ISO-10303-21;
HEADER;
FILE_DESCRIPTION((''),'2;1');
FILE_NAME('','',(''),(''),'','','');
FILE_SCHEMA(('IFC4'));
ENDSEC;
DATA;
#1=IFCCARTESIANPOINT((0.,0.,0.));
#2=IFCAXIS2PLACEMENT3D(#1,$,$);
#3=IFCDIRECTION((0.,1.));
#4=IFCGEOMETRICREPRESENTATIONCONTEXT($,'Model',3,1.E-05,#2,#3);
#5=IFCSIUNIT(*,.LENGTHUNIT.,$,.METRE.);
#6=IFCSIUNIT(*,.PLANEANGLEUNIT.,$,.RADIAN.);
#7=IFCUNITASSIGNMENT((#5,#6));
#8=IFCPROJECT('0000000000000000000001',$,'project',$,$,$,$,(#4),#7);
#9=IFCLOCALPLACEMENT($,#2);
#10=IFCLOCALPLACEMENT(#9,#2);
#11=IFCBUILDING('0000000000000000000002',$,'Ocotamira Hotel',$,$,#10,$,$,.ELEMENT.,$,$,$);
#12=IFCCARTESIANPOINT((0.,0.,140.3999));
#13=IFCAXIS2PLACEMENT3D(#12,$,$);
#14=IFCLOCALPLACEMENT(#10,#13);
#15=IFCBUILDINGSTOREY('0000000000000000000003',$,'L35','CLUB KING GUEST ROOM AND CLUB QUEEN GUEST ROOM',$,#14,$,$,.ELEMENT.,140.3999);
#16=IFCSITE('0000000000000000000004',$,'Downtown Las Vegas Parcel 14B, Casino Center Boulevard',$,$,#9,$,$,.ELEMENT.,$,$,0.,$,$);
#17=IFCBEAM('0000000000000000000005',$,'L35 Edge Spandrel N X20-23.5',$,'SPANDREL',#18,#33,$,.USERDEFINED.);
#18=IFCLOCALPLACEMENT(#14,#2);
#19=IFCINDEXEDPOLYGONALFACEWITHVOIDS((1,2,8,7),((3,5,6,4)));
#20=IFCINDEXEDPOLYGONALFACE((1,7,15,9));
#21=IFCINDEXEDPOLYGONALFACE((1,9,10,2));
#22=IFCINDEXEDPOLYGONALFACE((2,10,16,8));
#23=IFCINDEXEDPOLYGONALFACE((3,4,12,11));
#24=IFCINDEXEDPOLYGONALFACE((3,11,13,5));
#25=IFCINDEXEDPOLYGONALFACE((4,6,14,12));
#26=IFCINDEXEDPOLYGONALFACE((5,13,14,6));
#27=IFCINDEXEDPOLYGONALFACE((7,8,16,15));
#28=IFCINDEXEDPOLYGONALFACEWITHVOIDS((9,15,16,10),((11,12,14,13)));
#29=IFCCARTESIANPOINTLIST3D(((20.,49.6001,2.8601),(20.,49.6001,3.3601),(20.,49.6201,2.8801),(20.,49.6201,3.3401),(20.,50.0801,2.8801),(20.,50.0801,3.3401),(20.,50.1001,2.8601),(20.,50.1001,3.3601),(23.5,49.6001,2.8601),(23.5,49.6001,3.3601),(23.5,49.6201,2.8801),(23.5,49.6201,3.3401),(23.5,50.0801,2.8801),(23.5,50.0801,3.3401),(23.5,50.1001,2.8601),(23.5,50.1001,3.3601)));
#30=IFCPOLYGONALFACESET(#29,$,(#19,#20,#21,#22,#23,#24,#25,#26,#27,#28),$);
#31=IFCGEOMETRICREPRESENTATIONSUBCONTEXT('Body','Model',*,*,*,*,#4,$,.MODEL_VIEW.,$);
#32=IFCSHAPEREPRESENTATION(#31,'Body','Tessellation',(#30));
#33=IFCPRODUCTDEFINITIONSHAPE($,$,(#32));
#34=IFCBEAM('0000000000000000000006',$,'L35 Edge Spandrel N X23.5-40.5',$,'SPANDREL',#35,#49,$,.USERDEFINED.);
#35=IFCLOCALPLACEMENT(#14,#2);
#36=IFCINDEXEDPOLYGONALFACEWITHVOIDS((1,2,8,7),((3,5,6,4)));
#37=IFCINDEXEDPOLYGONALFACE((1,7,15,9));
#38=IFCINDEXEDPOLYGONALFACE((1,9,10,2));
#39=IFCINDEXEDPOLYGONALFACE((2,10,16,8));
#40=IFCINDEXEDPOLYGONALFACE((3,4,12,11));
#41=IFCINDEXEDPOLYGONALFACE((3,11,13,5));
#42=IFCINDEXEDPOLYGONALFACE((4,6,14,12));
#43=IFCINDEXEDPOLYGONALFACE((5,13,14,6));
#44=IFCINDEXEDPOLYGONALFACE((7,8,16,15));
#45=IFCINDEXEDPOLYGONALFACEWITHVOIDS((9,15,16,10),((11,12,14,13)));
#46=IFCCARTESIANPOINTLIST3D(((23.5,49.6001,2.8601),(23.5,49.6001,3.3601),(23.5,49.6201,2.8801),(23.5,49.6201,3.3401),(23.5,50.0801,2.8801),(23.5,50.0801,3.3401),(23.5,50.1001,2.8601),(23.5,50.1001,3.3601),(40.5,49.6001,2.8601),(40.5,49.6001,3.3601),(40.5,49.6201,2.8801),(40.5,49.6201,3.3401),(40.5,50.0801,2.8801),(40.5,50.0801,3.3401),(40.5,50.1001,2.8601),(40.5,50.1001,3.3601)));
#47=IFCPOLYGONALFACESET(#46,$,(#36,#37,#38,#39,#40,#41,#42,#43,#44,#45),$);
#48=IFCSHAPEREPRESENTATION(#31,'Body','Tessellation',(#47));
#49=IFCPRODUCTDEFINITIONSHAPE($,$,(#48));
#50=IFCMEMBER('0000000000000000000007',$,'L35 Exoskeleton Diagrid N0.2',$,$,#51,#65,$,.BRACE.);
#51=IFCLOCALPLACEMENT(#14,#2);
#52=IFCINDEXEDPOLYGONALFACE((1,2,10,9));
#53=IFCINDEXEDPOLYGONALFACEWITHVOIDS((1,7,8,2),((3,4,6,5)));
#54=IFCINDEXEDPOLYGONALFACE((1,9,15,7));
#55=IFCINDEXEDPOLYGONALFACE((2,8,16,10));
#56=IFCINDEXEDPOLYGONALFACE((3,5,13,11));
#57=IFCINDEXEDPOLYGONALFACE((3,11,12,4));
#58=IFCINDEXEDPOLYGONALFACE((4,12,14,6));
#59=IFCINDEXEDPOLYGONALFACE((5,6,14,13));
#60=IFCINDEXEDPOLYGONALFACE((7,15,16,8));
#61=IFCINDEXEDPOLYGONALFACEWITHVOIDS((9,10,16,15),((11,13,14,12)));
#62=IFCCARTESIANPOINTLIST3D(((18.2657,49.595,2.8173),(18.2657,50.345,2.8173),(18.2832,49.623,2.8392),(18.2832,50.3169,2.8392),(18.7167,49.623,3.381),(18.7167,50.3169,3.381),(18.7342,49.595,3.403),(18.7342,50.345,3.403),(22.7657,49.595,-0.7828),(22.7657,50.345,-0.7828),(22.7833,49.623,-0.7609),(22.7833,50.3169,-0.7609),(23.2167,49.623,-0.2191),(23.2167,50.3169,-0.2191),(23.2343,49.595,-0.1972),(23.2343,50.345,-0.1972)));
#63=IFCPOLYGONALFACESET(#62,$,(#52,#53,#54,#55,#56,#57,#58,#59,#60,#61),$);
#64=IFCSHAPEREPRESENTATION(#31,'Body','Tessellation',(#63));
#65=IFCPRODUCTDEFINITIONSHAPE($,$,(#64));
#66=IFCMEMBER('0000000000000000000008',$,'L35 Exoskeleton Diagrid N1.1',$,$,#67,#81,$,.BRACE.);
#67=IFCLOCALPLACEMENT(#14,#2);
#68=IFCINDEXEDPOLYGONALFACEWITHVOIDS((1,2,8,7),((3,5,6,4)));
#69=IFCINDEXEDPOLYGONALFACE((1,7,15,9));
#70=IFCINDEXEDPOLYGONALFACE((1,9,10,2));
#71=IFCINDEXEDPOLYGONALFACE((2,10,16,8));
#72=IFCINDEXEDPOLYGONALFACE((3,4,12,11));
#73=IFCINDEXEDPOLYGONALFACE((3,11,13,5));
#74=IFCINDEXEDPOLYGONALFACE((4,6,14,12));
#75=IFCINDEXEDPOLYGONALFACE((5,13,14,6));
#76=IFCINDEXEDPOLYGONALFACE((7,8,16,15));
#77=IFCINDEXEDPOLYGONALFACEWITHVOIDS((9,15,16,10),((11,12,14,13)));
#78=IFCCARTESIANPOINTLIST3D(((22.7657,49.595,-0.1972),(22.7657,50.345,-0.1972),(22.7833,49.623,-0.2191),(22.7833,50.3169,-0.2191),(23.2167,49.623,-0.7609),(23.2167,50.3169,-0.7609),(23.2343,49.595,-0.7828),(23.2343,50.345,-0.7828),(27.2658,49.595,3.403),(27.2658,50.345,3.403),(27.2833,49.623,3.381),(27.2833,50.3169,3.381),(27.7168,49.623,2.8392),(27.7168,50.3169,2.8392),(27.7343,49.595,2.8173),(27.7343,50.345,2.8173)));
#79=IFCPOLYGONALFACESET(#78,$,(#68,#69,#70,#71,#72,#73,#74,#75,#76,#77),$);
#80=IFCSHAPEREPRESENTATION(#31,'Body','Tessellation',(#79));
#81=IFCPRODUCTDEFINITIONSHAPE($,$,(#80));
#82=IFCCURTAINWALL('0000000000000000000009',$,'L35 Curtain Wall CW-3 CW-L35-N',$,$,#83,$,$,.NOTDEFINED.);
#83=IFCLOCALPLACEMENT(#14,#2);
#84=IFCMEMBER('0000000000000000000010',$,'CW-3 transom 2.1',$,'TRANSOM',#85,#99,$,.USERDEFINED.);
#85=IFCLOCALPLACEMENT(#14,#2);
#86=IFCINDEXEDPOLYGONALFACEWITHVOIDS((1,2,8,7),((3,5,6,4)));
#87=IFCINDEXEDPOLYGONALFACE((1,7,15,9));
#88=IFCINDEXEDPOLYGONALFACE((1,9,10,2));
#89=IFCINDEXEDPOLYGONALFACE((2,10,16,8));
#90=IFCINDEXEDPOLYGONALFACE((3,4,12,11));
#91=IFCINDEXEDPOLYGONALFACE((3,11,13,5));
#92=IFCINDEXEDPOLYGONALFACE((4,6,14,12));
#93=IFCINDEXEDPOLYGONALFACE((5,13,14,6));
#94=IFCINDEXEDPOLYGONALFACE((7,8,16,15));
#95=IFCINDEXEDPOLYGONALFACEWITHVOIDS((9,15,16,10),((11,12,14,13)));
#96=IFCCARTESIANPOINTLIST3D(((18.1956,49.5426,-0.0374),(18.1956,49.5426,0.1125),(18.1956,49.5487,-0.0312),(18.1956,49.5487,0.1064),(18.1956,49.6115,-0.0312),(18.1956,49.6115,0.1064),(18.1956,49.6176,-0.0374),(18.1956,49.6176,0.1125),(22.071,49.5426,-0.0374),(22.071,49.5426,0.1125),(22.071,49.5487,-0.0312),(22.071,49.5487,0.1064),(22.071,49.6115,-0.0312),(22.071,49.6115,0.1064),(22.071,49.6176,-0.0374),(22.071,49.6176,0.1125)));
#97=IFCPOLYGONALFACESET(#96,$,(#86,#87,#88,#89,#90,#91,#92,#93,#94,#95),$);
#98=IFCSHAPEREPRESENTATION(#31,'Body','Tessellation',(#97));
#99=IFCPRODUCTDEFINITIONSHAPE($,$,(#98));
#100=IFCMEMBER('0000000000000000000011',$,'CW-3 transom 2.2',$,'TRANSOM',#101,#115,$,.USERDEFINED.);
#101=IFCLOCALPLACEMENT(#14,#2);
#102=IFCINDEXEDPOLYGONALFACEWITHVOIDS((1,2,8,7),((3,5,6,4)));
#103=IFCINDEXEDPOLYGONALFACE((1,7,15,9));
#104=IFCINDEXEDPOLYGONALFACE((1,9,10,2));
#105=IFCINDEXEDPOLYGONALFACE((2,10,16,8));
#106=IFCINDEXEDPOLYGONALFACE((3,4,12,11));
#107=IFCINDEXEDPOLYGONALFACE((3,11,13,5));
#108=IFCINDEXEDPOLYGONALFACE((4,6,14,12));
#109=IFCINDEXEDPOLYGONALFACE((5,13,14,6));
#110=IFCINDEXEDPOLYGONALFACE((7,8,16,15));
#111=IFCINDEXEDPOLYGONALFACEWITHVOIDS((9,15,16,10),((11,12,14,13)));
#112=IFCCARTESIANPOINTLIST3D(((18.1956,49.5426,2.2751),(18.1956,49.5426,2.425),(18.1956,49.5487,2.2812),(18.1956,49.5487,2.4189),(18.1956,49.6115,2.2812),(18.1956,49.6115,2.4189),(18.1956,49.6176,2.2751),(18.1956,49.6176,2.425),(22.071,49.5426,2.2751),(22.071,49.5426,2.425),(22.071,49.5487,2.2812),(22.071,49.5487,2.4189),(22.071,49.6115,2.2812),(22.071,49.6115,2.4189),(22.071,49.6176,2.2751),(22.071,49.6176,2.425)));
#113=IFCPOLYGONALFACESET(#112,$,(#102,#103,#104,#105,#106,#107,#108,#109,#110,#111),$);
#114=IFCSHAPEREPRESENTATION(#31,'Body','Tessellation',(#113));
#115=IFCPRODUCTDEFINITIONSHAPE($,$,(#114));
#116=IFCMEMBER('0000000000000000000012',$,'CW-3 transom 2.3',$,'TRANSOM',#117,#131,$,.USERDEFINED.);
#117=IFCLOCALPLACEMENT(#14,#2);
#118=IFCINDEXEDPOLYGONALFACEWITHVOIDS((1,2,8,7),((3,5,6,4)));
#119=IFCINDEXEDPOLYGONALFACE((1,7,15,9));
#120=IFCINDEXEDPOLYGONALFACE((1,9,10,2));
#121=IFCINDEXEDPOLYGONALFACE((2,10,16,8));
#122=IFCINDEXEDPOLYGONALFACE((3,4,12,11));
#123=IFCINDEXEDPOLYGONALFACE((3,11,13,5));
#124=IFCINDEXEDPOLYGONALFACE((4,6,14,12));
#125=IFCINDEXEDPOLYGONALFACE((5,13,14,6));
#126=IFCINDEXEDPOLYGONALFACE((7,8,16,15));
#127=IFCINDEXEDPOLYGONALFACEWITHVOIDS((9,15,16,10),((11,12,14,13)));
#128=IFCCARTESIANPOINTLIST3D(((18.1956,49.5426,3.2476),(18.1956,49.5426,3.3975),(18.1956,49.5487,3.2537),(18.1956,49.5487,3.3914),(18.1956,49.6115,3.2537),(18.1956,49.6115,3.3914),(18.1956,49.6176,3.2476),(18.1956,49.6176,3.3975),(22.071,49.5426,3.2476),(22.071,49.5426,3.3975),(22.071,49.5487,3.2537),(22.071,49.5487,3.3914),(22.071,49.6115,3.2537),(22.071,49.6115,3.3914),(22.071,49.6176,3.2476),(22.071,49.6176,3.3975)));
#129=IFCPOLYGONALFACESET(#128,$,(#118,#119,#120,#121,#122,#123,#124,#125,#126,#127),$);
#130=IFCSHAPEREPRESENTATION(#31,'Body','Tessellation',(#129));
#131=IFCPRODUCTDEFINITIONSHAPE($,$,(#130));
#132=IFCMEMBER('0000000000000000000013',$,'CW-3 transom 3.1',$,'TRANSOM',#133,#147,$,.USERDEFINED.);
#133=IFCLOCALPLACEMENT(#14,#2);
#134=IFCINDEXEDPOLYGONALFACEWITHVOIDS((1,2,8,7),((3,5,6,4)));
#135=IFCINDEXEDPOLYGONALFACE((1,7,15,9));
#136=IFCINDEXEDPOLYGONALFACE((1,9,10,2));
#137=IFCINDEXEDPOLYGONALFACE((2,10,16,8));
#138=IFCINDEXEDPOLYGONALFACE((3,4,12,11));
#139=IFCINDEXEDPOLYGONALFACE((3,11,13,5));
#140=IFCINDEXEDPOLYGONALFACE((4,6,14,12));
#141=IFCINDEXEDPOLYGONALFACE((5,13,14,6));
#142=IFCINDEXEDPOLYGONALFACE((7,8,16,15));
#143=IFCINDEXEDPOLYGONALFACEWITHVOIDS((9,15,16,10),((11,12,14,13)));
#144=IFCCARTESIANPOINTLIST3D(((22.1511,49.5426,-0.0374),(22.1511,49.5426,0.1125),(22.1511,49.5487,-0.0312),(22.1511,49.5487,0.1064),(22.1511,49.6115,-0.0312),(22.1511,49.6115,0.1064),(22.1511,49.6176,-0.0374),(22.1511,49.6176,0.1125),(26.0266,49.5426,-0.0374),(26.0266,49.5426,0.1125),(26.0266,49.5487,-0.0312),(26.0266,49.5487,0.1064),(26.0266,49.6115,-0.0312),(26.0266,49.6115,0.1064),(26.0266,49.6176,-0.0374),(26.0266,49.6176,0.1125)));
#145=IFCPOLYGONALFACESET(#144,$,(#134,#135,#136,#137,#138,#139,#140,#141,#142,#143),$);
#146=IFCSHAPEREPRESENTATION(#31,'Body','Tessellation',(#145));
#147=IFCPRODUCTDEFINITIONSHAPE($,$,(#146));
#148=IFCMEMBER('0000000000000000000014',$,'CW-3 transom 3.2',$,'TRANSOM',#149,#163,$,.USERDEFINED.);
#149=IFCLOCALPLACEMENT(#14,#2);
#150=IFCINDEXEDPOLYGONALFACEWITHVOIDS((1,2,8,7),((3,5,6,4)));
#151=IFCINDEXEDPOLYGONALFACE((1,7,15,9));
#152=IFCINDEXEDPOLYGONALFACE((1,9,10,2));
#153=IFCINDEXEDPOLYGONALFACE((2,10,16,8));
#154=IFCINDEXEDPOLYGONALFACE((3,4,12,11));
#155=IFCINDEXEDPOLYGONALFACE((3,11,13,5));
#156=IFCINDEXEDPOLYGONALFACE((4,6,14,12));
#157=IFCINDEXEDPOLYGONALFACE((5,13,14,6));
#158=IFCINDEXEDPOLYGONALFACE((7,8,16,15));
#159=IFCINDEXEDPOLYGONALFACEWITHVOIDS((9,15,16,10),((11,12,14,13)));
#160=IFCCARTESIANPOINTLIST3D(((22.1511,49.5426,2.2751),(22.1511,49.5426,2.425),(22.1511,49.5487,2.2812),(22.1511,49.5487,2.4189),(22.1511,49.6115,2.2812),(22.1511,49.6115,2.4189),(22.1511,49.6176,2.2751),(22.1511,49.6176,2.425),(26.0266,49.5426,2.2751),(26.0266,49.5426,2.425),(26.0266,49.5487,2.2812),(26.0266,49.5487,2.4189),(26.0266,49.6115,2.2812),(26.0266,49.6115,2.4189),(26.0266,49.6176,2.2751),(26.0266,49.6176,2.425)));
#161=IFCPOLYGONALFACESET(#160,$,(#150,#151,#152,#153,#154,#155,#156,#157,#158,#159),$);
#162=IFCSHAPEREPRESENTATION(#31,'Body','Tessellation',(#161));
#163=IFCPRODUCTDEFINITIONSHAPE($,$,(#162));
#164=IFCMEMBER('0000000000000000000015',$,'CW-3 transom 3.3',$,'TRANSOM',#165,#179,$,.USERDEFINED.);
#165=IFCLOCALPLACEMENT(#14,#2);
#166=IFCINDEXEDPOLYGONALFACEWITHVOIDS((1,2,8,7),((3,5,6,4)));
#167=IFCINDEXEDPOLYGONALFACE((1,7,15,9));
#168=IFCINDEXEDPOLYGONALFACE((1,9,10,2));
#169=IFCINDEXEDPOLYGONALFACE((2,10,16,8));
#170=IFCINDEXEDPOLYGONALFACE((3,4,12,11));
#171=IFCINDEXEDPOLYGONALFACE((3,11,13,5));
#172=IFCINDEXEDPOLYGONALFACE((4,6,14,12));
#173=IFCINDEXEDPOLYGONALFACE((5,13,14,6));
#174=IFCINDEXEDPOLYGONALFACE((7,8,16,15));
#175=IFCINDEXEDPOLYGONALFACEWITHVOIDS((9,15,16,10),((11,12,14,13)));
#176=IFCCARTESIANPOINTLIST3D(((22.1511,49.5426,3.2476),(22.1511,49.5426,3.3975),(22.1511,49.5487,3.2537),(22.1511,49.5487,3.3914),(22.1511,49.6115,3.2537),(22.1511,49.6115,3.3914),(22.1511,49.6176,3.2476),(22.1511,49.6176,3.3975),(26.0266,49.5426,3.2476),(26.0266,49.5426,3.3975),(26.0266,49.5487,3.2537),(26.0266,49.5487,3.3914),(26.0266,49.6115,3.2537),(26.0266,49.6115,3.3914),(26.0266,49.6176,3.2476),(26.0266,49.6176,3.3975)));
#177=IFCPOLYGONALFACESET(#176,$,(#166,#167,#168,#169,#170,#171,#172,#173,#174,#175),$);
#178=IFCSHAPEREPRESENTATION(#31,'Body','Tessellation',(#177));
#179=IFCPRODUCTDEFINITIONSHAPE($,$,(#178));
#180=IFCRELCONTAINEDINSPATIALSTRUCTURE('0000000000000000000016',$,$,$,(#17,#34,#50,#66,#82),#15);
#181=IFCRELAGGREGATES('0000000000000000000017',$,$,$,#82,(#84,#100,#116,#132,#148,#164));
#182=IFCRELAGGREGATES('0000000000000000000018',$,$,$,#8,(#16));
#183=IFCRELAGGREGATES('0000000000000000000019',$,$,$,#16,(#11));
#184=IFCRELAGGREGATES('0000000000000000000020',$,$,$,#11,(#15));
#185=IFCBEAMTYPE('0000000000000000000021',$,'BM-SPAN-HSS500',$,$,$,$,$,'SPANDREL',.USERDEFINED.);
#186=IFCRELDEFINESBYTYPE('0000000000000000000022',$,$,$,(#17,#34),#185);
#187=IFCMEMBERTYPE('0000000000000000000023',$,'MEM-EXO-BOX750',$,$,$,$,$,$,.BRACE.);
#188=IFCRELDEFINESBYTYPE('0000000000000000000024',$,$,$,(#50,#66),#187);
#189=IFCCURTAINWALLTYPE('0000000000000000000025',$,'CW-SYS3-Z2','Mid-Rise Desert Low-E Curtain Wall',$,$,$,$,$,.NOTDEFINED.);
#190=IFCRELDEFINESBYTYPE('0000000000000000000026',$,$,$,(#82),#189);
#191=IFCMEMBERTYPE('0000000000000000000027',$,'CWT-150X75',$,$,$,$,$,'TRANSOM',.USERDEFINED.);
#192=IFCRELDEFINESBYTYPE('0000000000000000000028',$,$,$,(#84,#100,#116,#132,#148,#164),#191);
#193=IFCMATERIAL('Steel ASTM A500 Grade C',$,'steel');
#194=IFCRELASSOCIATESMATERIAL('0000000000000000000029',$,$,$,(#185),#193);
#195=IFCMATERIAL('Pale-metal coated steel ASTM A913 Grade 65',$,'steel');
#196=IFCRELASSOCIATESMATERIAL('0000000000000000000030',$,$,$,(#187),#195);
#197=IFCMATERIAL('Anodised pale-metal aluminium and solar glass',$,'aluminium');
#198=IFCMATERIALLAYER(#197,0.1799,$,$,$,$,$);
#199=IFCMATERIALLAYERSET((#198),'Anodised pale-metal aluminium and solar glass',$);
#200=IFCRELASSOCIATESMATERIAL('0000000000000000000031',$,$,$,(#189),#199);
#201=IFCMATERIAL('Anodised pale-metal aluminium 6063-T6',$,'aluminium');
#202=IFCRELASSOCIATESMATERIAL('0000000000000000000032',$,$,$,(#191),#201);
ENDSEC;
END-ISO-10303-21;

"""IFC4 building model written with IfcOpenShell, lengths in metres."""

from ifc_helpers import new_model, si_unit, direction, frame, origin, origin_2d, place, context, subcontext, project, spatial, hollow_rectangle, extrude, source, transform, mapped, material, layer, layer_set, material_profile, profile_set, type_object, element, aggregate, save


model = new_model("IFC4")

# Units and contexts
model_context = context("Model", 3, precision=1e-05, world=origin(), true_north=direction((0.0, 1.0)))
body_context = subcontext(model_context, "Body", "Model", "MODEL_VIEW")
ifc_project = project(units=[si_unit("LENGTHUNIT", "METRE"), si_unit("PLANEANGLEUNIT", "RADIAN")], contexts=[model_context])

# Site, building, storey
site_placement = place(None, origin())
site = spatial("IfcSite", under=ifc_project, at=site_placement, Name="Downtown Las Vegas Parcel 14B, Casino Center Boulevard", CompositionType="ELEMENT", RefElevation=0.0)
building_placement = place(site_placement, origin())
building = spatial("IfcBuilding", under=site, at=building_placement, Name="Ocotamira Hotel", CompositionType="ELEMENT")
storey_placement = place(building_placement, frame((0.0, 0.0, 140.3999)))
storey = spatial("IfcBuildingStorey", under=building, at=storey_placement, Name="L35", Description="CLUB KING GUEST ROOM AND CLUB QUEEN GUEST ROOM", CompositionType="ELEMENT", Elevation=140.3999)

# Beams
ifc_material_1 = material(Name="Steel ASTM A500 Grade C", Category="steel")
ifc_material_profile_1 = material_profile(ifc_material_1, hollow_rectangle(XDim=0.5, YDim=0.5, WallThickness=0.02, at=origin_2d()), Name="HSS500X500X20")
ifc_profile_set_1 = profile_set([ifc_material_profile_1], Name="Steel ASTM A500 Grade C")
beam_type_1 = type_object("IfcBeamType", Name="BM-SPAN-HSS500", ElementType="SPANDREL", PredefinedType="USERDEFINED", material=ifc_profile_set_1)
shared_shape_1 = source(origin(), body_context, "Body", "SweptSolid", [
    extrude(hollow_rectangle(XDim=0.5, YDim=0.5, WallThickness=0.02, at=origin_2d()), origin(), (0.0, 0.0, 1.0), 3.5),
])
beam_1_placement = place(storey_placement, frame((20.0, 49.8501, 3.1101), z_axis=(1.0, 0.0, 0.0), x_axis=(0.0, 1.0, 0.0)))
element("IfcBeam", 1, at=beam_1_placement, inside=storey, type_object=beam_type_1, Name="L35 Edge Spandrel N X20-23.5", ObjectType="SPANDREL", PredefinedType="USERDEFINED", context=body_context, shape_type="MappedRepresentation", body=[
    mapped(shared_shape_1, transform((0.0, 0.0, 0.0), scale=1.0)),
])
shared_shape_2 = source(origin(), body_context, "Body", "SweptSolid", [
    extrude(hollow_rectangle(XDim=0.5, YDim=0.5, WallThickness=0.02, at=origin_2d()), origin(), (0.0, 0.0, 1.0), 17.0),
])
beam_2_placement = place(storey_placement, frame((23.5, 49.8501, 3.1101), z_axis=(1.0, 0.0, 0.0), x_axis=(0.0, 1.0, 0.0)))
element("IfcBeam", 2, at=beam_2_placement, inside=storey, type_object=beam_type_1, Name="L35 Edge Spandrel N X23.5-40.5", ObjectType="SPANDREL", PredefinedType="USERDEFINED", context=body_context, shape_type="MappedRepresentation", body=[
    mapped(shared_shape_2, transform((0.0, 0.0, 0.0), scale=1.0)),
])

# Members
ifc_material_2 = material(Name="Pale-metal coated steel ASTM A913 Grade 65", Category="steel")
ifc_material_profile_2 = material_profile(ifc_material_2, hollow_rectangle(XDim=0.75, YDim=0.75, WallThickness=0.0281, at=origin_2d()), Name="BOX750X750X28")
ifc_profile_set_2 = profile_set([ifc_material_profile_2], Name="Pale-metal coated steel ASTM A913 Grade 65")
member_type_1 = type_object("IfcMemberType", Name="MEM-EXO-BOX750", PredefinedType="BRACE", material=ifc_profile_set_2)
shared_shape_3 = source(origin(), body_context, "Body", "SweptSolid", [
    extrude(hollow_rectangle(XDim=0.75, YDim=0.75, WallThickness=0.0281, at=origin_2d()), origin(), (0.0, 0.0, 1.0), 5.7629),
])
for number, where, z_axis, x_axis, name in (
    (3, (23.0, 49.97, -0.49), (-0.780861, 0.0, 0.624705), (0.0, -1.0, 0.0), "L35 Exoskeleton Diagrid N0.2"),
    (4, (23.0, 49.97, -0.49), (0.780861, 0.0, 0.624705), (0.0, 1.0, 0.0), "L35 Exoskeleton Diagrid N1.1"),
):
    element("IfcMember", number, at=place(storey_placement, frame(where, z_axis=z_axis, x_axis=x_axis)), inside=storey, type_object=member_type_1, Name=name, PredefinedType="BRACE", context=body_context, shape_type="MappedRepresentation", body=[
        mapped(shared_shape_3, transform((0.0, 0.0, 0.0), scale=1.0)),
    ])

# Curtain wall, members
ifc_material_3 = material(Name="Anodised pale-metal aluminium and solar glass", Category="aluminium")
ifc_layer_1 = layer(ifc_material_3, 0.1799)
ifc_layer_set_1 = layer_set([ifc_layer_1], Name="Anodised pale-metal aluminium and solar glass")
curtain_wall_type = type_object("IfcCurtainWallType", Name="CW-SYS3-Z2", Description="Mid-Rise Desert Low-E Curtain Wall", PredefinedType="NOTDEFINED", material=ifc_layer_set_1)
curtain_wall_placement = place(storey_placement, origin())
curtain_wall = element("IfcCurtainWall", 5, at=curtain_wall_placement, inside=storey, type_object=curtain_wall_type, Name="L35 Curtain Wall CW-3 CW-L35-N", PredefinedType="NOTDEFINED")
ifc_material_4 = material(Name="Anodised pale-metal aluminium 6063-T6", Category="aluminium")
ifc_material_profile_3 = material_profile(ifc_material_4, hollow_rectangle(XDim=0.075, YDim=0.1499, WallThickness=0.0061, at=origin_2d()), Name="HSS150X75X6")
ifc_profile_set_3 = profile_set([ifc_material_profile_3], Name="Anodised pale-metal aluminium 6063-T6")
member_type_2 = type_object("IfcMemberType", Name="CWT-150X75", ElementType="TRANSOM", PredefinedType="USERDEFINED", material=ifc_profile_set_3)
shared_shape_4 = source(origin(), body_context, "Body", "SweptSolid", [
    extrude(hollow_rectangle(XDim=0.075, YDim=0.1499, WallThickness=0.0061, at=origin_2d()), origin(), (0.0, 0.0, 1.0), 3.8755),
])
member_1_placement = place(storey_placement, frame((18.1956, 49.5801, 0.0376), z_axis=(1.0, 0.0, 0.0), x_axis=(0.0, 1.0, 0.0)))
member_1 = element("IfcMember", 6, at=member_1_placement, type_object=member_type_2, Name="CW-3 transom 2.1", ObjectType="TRANSOM", PredefinedType="USERDEFINED", context=body_context, shape_type="MappedRepresentation", body=[
    mapped(shared_shape_4, transform((0.0, 0.0, 0.0), scale=1.0)),
])
member_2_placement = place(storey_placement, frame((18.1956, 49.5801, 2.3501), z_axis=(1.0, 0.0, 0.0), x_axis=(0.0, 1.0, 0.0)))
member_2 = element("IfcMember", 7, at=member_2_placement, type_object=member_type_2, Name="CW-3 transom 2.2", ObjectType="TRANSOM", PredefinedType="USERDEFINED", context=body_context, shape_type="MappedRepresentation", body=[
    mapped(shared_shape_4, transform((0.0, 0.0, 0.0), scale=1.0)),
])
member_3_placement = place(storey_placement, frame((18.1956, 49.5801, 3.3225), z_axis=(1.0, 0.0, 0.0), x_axis=(0.0, 1.0, 0.0)))
member_3 = element("IfcMember", 8, at=member_3_placement, type_object=member_type_2, Name="CW-3 transom 2.3", ObjectType="TRANSOM", PredefinedType="USERDEFINED", context=body_context, shape_type="MappedRepresentation", body=[
    mapped(shared_shape_4, transform((0.0, 0.0, 0.0), scale=1.0)),
])
member_4_placement = place(storey_placement, frame((22.1511, 49.5801, 0.0376), z_axis=(1.0, 0.0, 0.0), x_axis=(0.0, 1.0, 0.0)))
member_4 = element("IfcMember", 9, at=member_4_placement, type_object=member_type_2, Name="CW-3 transom 3.1", ObjectType="TRANSOM", PredefinedType="USERDEFINED", context=body_context, shape_type="MappedRepresentation", body=[
    mapped(shared_shape_4, transform((0.0, 0.0, 0.0), scale=1.0)),
])
member_5_placement = place(storey_placement, frame((22.1511, 49.5801, 2.3501), z_axis=(1.0, 0.0, 0.0), x_axis=(0.0, 1.0, 0.0)))
member_5 = element("IfcMember", 10, at=member_5_placement, type_object=member_type_2, Name="CW-3 transom 3.2", ObjectType="TRANSOM", PredefinedType="USERDEFINED", context=body_context, shape_type="MappedRepresentation", body=[
    mapped(shared_shape_4, transform((0.0, 0.0, 0.0), scale=1.0)),
])
member_6_placement = place(storey_placement, frame((22.1511, 49.5801, 3.3225), z_axis=(1.0, 0.0, 0.0), x_axis=(0.0, 1.0, 0.0)))
member_6 = element("IfcMember", 11, at=member_6_placement, type_object=member_type_2, Name="CW-3 transom 3.3", ObjectType="TRANSOM", PredefinedType="USERDEFINED", context=body_context, shape_type="MappedRepresentation", body=[
    mapped(shared_shape_4, transform((0.0, 0.0, 0.0), scale=1.0)),
])

aggregate(curtain_wall, [member_1, member_2, member_3, member_4, member_5, member_6])

save(model, "model.ifc")
